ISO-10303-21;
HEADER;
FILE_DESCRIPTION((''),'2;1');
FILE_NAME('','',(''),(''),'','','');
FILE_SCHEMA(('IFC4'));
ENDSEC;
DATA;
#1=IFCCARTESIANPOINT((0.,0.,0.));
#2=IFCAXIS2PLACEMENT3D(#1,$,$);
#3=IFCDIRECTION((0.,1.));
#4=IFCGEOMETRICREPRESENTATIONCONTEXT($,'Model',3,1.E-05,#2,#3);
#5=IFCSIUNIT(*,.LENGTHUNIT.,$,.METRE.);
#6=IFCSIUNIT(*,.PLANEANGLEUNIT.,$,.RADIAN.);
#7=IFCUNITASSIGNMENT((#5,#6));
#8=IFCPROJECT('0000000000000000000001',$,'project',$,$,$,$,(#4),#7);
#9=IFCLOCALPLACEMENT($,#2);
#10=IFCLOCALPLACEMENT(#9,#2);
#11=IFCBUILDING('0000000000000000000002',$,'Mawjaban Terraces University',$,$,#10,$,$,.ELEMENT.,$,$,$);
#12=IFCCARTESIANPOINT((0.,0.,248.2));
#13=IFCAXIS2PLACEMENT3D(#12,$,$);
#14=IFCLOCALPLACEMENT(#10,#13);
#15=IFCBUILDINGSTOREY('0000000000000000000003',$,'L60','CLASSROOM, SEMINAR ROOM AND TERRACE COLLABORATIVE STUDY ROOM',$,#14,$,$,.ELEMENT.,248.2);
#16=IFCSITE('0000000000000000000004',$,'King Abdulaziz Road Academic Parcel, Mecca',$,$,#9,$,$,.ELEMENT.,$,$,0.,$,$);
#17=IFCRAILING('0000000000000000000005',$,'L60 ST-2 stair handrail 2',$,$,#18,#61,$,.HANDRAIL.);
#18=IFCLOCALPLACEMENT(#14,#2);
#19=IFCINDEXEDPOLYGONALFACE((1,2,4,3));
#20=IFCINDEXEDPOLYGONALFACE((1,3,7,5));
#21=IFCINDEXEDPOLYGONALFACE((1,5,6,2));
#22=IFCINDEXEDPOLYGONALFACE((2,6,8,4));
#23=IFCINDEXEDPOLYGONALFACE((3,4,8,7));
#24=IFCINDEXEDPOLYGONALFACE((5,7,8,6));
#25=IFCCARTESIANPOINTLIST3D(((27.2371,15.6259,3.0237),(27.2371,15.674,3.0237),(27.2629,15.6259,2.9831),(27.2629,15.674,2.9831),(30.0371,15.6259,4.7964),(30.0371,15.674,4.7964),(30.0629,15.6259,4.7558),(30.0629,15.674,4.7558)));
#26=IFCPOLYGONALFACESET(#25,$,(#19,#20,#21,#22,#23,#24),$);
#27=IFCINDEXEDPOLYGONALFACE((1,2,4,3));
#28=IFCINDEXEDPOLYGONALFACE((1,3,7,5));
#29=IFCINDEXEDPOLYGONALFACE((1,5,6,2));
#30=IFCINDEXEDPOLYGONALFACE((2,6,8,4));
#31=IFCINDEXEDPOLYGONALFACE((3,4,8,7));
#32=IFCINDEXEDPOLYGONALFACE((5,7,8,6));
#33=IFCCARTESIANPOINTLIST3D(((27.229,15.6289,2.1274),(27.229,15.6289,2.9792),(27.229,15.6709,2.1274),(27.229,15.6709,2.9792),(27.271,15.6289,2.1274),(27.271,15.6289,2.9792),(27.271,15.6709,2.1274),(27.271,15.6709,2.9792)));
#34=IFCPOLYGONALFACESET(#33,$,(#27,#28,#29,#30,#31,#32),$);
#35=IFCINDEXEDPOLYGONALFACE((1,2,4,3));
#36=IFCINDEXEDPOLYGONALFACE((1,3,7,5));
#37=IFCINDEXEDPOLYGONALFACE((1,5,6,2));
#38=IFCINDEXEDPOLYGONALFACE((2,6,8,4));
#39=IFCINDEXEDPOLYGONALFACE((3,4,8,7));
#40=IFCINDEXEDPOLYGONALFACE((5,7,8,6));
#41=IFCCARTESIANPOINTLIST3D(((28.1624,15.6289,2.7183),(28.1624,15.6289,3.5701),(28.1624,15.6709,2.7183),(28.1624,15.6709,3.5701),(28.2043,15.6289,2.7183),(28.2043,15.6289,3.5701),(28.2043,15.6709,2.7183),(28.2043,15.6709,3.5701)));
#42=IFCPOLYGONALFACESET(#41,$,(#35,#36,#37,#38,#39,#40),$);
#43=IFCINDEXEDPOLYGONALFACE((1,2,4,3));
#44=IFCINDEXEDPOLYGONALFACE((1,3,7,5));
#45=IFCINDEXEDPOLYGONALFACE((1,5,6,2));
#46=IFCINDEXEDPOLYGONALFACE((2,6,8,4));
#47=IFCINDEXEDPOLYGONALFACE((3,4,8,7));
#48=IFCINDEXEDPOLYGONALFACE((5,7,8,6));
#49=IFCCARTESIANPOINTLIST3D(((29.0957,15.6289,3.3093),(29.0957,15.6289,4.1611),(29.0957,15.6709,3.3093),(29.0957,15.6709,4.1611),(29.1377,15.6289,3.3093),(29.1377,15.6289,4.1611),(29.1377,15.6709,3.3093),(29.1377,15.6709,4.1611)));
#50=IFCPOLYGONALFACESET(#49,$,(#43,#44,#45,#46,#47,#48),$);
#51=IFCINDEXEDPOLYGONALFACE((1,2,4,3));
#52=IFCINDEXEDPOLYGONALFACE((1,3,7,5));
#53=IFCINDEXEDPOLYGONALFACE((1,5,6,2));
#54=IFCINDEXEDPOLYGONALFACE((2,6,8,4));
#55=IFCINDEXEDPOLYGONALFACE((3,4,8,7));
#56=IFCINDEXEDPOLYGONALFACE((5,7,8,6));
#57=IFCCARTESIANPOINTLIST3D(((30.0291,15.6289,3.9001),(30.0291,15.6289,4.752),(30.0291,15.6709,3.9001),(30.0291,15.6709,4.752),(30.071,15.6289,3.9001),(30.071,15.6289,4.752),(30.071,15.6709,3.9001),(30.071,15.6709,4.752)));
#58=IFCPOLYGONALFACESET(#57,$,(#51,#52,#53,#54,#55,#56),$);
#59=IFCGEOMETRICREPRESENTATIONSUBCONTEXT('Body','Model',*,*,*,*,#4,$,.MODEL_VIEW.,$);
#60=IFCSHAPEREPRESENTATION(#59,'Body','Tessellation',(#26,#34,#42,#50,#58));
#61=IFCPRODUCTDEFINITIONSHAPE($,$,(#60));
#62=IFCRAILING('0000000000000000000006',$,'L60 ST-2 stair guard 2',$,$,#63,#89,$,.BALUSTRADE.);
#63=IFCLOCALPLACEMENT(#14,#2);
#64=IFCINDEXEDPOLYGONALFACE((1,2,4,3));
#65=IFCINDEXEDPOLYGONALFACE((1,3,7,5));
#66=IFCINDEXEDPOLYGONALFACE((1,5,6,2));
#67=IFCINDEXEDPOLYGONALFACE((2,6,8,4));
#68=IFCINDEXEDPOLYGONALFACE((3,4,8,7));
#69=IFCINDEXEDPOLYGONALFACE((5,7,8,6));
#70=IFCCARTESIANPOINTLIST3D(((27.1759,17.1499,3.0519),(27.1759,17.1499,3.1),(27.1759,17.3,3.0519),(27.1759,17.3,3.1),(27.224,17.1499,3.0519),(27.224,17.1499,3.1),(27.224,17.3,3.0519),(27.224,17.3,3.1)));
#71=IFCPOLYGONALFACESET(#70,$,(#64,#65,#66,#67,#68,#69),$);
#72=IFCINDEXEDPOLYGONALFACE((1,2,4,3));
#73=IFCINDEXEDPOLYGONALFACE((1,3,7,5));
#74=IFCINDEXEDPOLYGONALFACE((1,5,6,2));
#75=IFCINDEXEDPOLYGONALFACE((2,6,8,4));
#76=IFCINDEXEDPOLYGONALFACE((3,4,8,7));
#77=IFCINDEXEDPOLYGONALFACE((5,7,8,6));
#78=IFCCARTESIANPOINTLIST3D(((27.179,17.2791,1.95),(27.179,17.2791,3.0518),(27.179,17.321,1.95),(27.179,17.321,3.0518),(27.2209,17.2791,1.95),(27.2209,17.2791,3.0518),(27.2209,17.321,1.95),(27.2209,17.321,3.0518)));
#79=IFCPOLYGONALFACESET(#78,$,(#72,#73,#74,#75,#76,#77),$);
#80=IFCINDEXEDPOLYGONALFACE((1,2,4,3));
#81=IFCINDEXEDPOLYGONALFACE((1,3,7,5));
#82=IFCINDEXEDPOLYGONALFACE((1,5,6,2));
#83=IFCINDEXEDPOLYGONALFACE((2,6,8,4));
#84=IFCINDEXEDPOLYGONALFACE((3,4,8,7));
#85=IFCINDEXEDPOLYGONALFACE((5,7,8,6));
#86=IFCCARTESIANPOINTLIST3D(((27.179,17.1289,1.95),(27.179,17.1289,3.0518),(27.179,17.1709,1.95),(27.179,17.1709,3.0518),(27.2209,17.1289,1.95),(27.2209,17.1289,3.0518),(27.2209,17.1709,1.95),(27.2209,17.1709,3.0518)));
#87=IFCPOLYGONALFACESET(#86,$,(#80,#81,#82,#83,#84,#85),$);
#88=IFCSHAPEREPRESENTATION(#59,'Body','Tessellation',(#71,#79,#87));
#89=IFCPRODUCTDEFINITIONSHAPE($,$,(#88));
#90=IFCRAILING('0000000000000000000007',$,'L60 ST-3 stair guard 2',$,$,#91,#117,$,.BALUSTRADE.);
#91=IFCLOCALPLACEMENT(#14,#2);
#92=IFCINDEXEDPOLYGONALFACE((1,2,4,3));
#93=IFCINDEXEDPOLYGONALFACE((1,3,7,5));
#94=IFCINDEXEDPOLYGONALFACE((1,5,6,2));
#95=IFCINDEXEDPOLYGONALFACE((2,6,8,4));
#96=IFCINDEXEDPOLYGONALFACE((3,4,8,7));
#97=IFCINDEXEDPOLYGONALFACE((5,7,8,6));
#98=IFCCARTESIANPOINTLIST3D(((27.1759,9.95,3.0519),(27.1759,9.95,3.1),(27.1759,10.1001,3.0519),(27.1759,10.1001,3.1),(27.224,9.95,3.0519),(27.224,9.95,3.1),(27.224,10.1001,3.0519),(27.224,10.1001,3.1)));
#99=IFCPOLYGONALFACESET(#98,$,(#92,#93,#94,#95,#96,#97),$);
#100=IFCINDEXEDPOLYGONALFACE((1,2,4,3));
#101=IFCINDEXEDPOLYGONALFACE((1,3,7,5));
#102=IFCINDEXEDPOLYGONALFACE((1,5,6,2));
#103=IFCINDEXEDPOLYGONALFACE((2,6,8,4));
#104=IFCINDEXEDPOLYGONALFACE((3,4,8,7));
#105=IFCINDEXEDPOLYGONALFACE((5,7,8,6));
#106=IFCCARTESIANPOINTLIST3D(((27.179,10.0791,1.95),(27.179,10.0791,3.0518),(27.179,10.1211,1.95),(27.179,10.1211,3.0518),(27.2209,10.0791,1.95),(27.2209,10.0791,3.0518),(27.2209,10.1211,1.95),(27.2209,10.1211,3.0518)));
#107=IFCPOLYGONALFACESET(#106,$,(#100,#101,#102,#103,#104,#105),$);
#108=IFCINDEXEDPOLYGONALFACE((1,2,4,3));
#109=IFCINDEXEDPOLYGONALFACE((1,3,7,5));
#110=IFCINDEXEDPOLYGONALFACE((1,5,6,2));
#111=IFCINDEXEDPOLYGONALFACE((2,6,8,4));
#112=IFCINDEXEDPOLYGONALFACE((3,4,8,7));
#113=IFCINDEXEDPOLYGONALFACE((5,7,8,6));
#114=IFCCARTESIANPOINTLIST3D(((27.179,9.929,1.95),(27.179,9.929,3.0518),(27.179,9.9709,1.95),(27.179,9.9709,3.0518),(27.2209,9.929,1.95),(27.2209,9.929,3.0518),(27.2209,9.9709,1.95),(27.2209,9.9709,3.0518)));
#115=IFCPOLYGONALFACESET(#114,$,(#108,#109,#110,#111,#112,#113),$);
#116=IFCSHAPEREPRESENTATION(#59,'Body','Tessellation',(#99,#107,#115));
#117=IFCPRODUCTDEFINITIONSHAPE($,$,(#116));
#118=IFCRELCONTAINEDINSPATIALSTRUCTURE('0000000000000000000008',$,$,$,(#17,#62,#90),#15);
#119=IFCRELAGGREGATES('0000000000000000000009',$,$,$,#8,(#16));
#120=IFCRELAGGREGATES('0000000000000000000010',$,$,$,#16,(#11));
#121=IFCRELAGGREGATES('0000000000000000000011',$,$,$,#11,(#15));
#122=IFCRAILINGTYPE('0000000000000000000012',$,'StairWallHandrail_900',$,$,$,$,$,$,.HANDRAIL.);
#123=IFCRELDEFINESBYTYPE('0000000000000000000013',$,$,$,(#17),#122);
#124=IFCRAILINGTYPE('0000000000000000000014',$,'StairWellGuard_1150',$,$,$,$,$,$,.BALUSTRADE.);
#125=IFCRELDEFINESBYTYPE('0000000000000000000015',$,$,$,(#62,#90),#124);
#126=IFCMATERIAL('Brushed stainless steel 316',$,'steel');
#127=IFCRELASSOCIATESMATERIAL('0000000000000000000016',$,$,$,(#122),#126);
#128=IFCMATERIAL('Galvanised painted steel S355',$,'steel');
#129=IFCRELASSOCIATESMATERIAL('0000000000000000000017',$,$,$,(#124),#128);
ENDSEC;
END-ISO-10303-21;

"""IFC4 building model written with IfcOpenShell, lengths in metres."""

from ifc_helpers import new_model, si_unit, direction, frame, origin, origin_2d, place, context, subcontext, project, spatial, rectangle, extrude, material, type_object, element, save


model = new_model("IFC4")

# Units and contexts
model_context = context("Model", 3, precision=1e-05, world=origin(), true_north=direction((0.0, 1.0)))
body_context = subcontext(model_context, "Body", "Model", "MODEL_VIEW")
ifc_project = project(units=[si_unit("LENGTHUNIT", "METRE"), si_unit("PLANEANGLEUNIT", "RADIAN")], contexts=[model_context])

# Site, building, storey
site_placement = place(None, origin())
site = spatial("IfcSite", under=ifc_project, at=site_placement, Name="King Abdulaziz Road Academic Parcel, Mecca", CompositionType="ELEMENT", RefElevation=0.0)
building_placement = place(site_placement, origin())
building = spatial("IfcBuilding", under=site, at=building_placement, Name="Mawjaban Terraces University", CompositionType="ELEMENT")
storey_placement = place(building_placement, frame((0.0, 0.0, 248.2)))
storey = spatial("IfcBuildingStorey", under=building, at=storey_placement, Name="L60", Description="CLASSROOM, SEMINAR ROOM AND TERRACE COLLABORATIVE STUDY ROOM", CompositionType="ELEMENT", Elevation=248.2)

# Railings
ifc_material_1 = material(Name="Brushed stainless steel 316", Category="steel")
railing_type_1 = type_object("IfcRailingType", Name="StairWallHandrail_900", PredefinedType="HANDRAIL", material=ifc_material_1)
railing_placement = place(storey_placement, frame((27.25, 15.6499, 2.1274)))
element("IfcRailing", 1, at=railing_placement, inside=storey, type_object=railing_type_1, Name="L60 ST-2 stair handrail 2", PredefinedType="HANDRAIL", context=body_context, shape_type="SweptSolid", body=[
    extrude(rectangle(XDim=0.0481, YDim=0.0481, at=origin_2d()), frame((0.0, 0.0, 0.876), z_axis=(0.844909, 0.0, 0.53491), x_axis=(0.0, 1.0, 0.0)), (0.0, 0.0, 1.0), 3.314),
    extrude(rectangle(XDim=0.042, YDim=0.042, at=origin_2d()), origin(), (0.0, 0.0, 1.0), 0.8518),
    extrude(rectangle(XDim=0.042, YDim=0.042, at=origin_2d()), frame((0.9333, 0.0, 0.5908)), (0.0, 0.0, 1.0), 0.8518),
    extrude(rectangle(XDim=0.042, YDim=0.042, at=origin_2d()), frame((1.8667, 0.0, 1.1819)), (0.0, 0.0, 1.0), 0.8518),
    extrude(rectangle(XDim=0.042, YDim=0.042, at=origin_2d()), frame((2.8, 0.0, 1.7727)), (0.0, 0.0, 1.0), 0.8518),
])
ifc_material_2 = material(Name="Galvanised painted steel S355", Category="steel")
railing_type_2 = type_object("IfcRailingType", Name="StairWellGuard_1150", PredefinedType="BALUSTRADE", material=ifc_material_2)
for number, where, name in (
    (2, (27.2, 17.3, 1.95), "L60 ST-2 stair guard 2"),
    (3, (27.2, 10.1001, 1.95), "L60 ST-3 stair guard 2"),
):
    element("IfcRailing", number, at=place(storey_placement, frame(where)), inside=storey, type_object=railing_type_2, Name=name, PredefinedType="BALUSTRADE", context=body_context, shape_type="SweptSolid", body=[
        extrude(rectangle(XDim=0.0481, YDim=0.0481, at=origin_2d()), frame((0.0, 0.0, 1.126), z_axis=(0.0, -1.0, 0.0), x_axis=(1.0, 0.0, 0.0)), (0.0, 0.0, 1.0), 0.1501),
        extrude(rectangle(XDim=0.042, YDim=0.042, at=origin_2d()), origin(), (0.0, 0.0, 1.0), 1.1018),
        extrude(rectangle(XDim=0.042, YDim=0.042, at=origin_2d()), frame((0.0, -0.1501, 0.0)), (0.0, 0.0, 1.0), 1.1018),
    ])

save(model, "model.ifc")
